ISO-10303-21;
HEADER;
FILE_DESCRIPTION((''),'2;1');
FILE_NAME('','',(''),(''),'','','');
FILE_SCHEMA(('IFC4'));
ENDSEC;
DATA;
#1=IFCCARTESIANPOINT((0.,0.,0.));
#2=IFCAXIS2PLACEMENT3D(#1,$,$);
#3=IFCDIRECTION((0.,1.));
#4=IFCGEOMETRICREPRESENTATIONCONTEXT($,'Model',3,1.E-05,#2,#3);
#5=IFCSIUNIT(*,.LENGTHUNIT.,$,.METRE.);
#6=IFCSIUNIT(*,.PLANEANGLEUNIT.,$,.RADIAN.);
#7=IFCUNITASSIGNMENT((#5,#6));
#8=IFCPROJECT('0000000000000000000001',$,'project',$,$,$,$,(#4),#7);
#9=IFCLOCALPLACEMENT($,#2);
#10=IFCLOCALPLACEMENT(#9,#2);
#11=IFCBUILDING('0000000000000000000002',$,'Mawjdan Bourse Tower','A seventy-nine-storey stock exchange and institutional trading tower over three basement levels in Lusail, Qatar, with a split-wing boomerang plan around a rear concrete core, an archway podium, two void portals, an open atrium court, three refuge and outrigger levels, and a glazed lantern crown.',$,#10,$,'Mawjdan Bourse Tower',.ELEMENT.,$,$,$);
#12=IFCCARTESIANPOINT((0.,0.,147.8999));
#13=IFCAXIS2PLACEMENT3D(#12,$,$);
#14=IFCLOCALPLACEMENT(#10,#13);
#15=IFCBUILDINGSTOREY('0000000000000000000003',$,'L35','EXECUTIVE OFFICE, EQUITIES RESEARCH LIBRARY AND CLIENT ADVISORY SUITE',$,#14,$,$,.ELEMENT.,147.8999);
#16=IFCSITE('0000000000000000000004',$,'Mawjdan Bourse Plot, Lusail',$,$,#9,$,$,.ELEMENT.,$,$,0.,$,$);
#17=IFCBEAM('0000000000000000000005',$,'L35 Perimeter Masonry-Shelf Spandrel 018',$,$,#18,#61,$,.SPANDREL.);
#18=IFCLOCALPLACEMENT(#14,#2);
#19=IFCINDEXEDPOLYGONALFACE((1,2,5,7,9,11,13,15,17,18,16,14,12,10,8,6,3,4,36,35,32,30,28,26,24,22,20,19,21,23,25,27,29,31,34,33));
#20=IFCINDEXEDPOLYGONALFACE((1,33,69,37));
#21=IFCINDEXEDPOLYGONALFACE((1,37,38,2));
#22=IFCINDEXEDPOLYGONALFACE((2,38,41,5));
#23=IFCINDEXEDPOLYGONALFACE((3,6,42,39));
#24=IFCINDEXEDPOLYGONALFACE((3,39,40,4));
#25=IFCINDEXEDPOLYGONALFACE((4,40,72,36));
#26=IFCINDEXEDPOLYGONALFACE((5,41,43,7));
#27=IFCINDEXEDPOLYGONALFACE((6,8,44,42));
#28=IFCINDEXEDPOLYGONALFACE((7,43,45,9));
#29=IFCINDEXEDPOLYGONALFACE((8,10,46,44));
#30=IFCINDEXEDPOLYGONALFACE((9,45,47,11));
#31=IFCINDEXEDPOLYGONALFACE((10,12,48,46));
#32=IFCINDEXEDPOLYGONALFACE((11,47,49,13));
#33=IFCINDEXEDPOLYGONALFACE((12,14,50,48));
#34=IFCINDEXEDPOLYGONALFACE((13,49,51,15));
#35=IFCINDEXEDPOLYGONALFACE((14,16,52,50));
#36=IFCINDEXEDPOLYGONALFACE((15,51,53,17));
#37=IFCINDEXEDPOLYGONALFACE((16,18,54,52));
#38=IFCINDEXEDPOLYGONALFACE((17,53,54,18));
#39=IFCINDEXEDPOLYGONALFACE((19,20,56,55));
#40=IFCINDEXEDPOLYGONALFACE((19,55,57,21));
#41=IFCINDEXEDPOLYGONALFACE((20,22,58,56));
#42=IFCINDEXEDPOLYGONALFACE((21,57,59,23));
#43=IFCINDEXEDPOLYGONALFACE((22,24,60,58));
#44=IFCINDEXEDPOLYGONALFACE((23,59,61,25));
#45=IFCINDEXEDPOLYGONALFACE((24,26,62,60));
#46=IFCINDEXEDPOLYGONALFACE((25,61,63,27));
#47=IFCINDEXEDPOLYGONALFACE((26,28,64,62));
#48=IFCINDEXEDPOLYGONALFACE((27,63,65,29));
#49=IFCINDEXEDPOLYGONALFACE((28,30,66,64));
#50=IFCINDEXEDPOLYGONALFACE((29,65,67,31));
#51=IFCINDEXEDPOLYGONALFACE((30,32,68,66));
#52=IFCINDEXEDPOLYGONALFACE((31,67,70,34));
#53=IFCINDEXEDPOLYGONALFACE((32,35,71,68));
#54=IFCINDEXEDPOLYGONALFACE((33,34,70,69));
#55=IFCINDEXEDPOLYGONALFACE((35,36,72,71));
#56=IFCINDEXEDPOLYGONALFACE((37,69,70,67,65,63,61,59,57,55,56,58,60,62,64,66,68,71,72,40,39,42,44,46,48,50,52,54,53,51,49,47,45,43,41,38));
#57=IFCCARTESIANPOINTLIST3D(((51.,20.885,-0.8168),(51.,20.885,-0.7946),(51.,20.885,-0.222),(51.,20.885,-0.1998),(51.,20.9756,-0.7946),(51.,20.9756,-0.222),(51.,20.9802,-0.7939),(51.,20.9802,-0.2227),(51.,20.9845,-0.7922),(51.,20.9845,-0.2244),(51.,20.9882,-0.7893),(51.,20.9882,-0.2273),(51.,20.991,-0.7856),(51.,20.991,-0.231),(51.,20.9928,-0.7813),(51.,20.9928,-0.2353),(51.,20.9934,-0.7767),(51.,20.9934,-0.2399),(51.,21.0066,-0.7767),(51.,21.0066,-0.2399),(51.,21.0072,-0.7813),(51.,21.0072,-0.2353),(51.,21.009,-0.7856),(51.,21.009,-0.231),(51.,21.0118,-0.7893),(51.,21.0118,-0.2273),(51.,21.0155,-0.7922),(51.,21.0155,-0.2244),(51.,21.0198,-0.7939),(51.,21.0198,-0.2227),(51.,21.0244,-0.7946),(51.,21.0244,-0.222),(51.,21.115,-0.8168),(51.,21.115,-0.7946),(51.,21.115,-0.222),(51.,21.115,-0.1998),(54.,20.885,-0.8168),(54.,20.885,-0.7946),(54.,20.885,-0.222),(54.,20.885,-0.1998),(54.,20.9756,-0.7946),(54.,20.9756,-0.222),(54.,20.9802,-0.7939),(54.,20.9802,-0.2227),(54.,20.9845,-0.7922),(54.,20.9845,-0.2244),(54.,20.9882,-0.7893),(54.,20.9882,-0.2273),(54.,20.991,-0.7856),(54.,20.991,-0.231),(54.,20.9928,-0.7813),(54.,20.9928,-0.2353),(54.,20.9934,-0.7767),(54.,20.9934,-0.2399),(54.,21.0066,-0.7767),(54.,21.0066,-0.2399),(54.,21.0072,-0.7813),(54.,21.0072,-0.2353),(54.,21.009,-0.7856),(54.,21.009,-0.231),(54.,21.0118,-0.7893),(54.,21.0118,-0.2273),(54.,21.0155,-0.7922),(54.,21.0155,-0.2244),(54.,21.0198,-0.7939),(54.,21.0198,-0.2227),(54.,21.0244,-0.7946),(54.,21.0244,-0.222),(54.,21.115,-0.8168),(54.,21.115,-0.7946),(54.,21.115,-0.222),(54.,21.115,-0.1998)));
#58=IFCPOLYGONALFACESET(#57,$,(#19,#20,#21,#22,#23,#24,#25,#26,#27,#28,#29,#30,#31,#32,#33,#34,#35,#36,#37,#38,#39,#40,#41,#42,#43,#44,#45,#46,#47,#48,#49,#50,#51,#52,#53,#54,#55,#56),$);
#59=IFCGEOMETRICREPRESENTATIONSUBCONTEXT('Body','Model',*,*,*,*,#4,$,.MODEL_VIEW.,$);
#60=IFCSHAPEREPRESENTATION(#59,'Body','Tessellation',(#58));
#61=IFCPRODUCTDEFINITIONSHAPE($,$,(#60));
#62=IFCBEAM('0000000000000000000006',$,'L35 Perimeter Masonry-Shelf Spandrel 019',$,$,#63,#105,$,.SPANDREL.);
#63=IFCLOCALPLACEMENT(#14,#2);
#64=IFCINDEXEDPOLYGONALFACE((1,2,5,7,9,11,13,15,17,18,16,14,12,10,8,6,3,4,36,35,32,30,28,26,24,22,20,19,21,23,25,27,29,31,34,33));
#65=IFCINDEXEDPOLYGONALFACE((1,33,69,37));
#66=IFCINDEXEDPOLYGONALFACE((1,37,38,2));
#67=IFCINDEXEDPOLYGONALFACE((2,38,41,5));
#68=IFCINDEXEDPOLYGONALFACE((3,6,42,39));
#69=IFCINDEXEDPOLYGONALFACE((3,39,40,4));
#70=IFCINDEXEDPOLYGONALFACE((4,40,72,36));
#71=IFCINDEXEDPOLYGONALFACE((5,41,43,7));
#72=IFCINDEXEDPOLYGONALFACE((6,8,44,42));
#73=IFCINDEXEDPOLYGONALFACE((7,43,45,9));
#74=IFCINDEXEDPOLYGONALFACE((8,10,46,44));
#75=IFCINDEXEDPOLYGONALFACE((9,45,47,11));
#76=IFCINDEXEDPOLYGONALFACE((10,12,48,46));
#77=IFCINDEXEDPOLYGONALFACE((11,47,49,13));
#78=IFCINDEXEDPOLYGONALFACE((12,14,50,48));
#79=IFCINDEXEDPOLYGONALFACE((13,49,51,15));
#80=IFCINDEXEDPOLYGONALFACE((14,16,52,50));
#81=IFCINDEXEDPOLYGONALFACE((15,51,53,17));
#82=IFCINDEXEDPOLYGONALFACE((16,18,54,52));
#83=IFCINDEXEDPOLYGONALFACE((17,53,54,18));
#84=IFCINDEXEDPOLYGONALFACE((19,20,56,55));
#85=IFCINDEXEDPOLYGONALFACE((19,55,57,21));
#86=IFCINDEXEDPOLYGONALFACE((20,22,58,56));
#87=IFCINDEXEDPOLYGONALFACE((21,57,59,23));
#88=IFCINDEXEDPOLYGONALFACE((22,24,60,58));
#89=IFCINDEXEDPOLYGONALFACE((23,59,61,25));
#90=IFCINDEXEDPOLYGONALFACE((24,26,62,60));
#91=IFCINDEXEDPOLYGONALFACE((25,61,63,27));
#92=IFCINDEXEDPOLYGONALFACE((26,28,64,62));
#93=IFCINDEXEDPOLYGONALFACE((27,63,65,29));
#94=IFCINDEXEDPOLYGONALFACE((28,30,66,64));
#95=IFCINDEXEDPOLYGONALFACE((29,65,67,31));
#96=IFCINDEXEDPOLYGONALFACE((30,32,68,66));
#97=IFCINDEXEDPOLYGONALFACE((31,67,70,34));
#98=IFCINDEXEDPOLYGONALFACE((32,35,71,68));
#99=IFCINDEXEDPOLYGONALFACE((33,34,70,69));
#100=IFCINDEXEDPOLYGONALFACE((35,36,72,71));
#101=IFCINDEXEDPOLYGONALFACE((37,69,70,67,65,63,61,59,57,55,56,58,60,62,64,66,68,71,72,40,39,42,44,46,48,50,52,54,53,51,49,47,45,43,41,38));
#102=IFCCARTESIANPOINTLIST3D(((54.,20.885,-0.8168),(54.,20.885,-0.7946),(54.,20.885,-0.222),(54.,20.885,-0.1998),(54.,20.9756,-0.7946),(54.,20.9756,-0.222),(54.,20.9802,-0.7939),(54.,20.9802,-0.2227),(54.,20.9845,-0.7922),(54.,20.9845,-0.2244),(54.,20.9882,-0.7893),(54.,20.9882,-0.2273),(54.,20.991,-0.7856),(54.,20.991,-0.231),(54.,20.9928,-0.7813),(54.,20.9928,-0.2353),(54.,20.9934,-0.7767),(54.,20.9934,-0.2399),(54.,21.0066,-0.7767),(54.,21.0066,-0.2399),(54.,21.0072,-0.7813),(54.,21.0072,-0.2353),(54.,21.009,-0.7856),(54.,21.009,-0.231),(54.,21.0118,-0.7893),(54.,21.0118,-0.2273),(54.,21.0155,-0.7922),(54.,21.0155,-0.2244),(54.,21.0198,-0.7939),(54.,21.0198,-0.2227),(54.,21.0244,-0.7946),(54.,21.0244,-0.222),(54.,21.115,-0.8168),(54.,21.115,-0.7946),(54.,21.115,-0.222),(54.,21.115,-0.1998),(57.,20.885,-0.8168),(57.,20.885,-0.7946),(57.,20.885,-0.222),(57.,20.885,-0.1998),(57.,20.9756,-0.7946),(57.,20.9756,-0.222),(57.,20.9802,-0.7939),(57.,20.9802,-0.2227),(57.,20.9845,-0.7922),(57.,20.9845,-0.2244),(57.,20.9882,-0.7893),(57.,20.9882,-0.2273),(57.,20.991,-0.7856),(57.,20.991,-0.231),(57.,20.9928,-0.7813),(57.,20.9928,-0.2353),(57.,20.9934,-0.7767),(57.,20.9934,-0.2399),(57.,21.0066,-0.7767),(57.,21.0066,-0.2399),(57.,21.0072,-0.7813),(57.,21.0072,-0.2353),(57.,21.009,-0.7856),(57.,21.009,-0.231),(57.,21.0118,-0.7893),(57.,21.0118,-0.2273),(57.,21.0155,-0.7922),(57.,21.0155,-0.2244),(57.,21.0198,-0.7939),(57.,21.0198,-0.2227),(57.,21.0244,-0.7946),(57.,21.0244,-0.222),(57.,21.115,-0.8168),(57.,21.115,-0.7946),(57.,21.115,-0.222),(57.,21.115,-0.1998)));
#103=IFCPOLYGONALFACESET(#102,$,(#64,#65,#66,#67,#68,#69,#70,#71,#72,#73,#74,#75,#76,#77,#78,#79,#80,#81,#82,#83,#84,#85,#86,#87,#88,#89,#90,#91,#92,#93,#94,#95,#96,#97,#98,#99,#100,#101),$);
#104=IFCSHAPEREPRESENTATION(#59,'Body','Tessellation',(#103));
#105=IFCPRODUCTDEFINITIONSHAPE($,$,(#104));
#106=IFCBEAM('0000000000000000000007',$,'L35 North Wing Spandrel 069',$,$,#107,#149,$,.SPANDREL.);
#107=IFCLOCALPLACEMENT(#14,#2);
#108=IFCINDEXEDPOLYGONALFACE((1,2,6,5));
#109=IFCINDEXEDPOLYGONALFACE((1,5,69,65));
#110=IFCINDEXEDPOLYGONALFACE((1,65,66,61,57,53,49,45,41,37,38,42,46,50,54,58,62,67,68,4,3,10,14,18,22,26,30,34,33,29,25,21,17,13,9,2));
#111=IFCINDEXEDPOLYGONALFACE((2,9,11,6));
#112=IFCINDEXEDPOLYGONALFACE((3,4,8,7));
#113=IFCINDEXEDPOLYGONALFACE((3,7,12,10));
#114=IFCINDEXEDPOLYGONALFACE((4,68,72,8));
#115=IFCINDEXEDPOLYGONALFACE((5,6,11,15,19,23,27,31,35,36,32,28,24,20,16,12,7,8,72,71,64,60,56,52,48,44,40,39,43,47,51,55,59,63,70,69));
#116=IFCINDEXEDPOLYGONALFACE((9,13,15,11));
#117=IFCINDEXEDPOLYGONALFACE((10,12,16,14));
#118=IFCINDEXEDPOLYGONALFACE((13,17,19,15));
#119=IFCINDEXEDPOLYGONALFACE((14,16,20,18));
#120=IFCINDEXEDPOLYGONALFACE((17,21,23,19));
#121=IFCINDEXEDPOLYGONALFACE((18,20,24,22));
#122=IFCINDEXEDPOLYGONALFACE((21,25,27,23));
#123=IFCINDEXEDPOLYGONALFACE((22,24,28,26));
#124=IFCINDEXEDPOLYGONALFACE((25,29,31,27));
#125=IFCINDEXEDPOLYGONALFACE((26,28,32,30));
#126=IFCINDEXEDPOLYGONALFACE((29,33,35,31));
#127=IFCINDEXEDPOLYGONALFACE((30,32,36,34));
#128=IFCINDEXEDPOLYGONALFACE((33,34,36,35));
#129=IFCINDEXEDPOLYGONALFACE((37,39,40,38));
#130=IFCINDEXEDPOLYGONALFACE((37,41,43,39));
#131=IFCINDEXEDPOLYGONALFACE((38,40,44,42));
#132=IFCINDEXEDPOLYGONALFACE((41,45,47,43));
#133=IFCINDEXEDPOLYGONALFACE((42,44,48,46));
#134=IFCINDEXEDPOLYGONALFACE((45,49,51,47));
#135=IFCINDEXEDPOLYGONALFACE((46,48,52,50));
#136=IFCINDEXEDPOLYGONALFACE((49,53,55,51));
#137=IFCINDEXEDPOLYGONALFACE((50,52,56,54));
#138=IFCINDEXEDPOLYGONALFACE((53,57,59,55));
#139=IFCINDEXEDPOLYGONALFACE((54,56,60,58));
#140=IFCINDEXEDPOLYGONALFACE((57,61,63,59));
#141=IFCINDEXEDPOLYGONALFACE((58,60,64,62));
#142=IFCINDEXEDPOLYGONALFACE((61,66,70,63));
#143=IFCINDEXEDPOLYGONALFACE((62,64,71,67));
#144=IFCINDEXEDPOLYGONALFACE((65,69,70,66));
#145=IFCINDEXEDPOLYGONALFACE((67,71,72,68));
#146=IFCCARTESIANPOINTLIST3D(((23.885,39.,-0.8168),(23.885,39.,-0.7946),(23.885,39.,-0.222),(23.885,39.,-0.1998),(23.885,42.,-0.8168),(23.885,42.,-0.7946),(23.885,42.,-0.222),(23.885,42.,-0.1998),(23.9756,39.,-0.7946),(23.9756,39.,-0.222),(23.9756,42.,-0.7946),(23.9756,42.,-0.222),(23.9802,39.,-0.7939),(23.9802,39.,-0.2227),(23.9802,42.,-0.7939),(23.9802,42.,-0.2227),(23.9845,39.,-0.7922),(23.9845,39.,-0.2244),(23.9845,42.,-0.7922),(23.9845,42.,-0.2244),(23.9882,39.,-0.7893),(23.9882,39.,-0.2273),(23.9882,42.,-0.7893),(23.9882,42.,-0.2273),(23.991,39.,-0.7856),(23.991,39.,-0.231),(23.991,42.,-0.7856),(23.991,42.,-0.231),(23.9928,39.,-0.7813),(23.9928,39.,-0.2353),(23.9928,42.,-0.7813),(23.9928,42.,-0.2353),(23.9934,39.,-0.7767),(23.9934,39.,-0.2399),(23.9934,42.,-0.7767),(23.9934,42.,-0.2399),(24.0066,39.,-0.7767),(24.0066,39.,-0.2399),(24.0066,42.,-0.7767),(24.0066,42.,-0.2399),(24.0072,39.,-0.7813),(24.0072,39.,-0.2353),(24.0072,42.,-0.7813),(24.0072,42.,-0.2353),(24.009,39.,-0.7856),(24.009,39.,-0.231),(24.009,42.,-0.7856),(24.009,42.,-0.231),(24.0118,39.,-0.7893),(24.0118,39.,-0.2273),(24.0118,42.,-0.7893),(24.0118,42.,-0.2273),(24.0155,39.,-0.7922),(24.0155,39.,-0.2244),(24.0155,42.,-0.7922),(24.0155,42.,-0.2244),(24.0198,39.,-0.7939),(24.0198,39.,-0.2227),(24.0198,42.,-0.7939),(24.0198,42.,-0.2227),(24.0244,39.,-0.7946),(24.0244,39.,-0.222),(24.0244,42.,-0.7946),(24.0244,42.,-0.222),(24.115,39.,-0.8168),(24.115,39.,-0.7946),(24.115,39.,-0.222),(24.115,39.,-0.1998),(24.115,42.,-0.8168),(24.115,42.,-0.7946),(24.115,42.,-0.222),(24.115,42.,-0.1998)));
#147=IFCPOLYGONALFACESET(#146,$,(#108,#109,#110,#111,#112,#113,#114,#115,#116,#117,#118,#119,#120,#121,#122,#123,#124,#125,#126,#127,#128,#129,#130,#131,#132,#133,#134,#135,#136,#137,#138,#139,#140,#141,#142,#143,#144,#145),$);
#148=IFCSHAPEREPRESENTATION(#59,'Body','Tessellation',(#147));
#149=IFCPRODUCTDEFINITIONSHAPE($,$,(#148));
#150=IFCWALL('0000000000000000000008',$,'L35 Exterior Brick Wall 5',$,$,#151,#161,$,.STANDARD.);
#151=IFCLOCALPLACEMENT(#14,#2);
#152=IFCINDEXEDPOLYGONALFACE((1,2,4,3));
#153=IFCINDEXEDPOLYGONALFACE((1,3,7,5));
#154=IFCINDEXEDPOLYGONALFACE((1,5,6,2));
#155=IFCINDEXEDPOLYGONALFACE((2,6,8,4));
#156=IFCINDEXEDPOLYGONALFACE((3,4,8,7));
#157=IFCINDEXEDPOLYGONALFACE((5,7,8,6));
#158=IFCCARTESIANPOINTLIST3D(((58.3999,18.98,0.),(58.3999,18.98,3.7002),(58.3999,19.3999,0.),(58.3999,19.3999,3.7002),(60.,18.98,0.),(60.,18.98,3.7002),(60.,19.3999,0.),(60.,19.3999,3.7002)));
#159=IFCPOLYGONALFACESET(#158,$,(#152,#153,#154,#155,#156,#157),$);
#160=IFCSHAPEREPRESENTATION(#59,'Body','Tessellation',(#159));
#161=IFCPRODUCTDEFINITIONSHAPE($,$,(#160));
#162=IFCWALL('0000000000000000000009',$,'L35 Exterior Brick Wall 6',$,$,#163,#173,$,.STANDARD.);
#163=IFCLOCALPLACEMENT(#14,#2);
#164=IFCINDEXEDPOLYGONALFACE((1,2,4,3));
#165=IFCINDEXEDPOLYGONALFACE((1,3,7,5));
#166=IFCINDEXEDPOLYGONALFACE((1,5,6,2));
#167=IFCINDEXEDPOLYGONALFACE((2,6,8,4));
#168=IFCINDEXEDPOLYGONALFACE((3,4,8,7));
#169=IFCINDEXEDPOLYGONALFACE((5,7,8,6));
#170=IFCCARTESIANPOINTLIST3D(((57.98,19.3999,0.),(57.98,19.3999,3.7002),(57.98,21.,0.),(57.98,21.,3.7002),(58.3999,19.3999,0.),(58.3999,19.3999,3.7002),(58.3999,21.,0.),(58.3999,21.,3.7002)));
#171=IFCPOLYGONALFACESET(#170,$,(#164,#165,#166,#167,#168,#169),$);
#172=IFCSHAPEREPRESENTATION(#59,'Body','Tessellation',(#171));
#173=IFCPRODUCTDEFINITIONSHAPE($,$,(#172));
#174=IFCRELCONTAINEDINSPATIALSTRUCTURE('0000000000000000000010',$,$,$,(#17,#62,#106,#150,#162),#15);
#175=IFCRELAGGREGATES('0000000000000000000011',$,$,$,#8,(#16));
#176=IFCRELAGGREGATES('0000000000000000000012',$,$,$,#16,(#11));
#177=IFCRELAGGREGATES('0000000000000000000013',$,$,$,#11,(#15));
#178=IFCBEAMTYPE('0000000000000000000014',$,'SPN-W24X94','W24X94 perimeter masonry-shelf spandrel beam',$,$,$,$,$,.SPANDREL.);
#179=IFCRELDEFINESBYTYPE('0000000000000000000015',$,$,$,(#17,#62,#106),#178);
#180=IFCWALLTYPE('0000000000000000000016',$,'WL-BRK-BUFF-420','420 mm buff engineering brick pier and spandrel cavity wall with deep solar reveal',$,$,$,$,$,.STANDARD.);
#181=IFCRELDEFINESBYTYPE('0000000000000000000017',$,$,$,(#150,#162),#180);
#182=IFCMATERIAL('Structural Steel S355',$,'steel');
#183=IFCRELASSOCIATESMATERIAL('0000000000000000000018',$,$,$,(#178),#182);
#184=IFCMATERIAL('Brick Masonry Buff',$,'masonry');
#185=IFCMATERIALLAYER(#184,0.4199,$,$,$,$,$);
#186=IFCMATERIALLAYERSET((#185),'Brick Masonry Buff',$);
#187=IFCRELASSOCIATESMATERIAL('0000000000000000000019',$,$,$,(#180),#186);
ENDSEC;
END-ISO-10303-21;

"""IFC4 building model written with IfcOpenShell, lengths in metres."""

from ifc_helpers import new_model, si_unit, direction, frame, frame_2d, origin, origin_2d, place, context, subcontext, project, spatial, rectangle, i_section, extrude, material, layer, layer_set, material_profile, profile_set, type_object, element, save


model = new_model("IFC4")

# Units and contexts
model_context = context("Model", 3, precision=1e-05, world=origin(), true_north=direction((0.0, 1.0)))
body_context = subcontext(model_context, "Body", "Model", "MODEL_VIEW")
ifc_project = project(units=[si_unit("LENGTHUNIT", "METRE"), si_unit("PLANEANGLEUNIT", "RADIAN")], contexts=[model_context])

# Site, building, storey
site_placement = place(None, origin())
site = spatial("IfcSite", under=ifc_project, at=site_placement, Name="Mawjdan Bourse Plot, Lusail", CompositionType="ELEMENT", RefElevation=0.0)
building_placement = place(site_placement, origin())
building = spatial("IfcBuilding", under=site, at=building_placement, Name="Mawjdan Bourse Tower", Description="A seventy-nine-storey stock exchange and institutional trading tower over three basement levels in Lusail, Qatar, with a split-wing boomerang plan around a rear concrete core, an archway podium, two void portals, an open atrium court, three refuge and outrigger levels, and a glazed lantern crown.", LongName="Mawjdan Bourse Tower", CompositionType="ELEMENT")
storey_placement = place(building_placement, frame((0.0, 0.0, 147.8999)))
storey = spatial("IfcBuildingStorey", under=building, at=storey_placement, Name="L35", Description="EXECUTIVE OFFICE, EQUITIES RESEARCH LIBRARY AND CLIENT ADVISORY SUITE", CompositionType="ELEMENT", Elevation=147.8999)

# Beams
ifc_material_1 = material(Name="Structural Steel S355", Category="steel")
ifc_material_profile_1 = material_profile(ifc_material_1, i_section(OverallWidth=0.23, OverallDepth=0.6169, WebThickness=0.0132, FlangeThickness=0.0222, FilletRadius=0.0178, at=origin_2d()), Name="W24X94")
ifc_profile_set_1 = profile_set([ifc_material_profile_1], Name="Structural Steel S355")
beam_type_1 = type_object("IfcBeamType", Name="SPN-W24X94", Description="W24X94 perimeter masonry-shelf spandrel beam", PredefinedType="SPANDREL", material=ifc_profile_set_1)
for number, where, z_axis, x_axis, name in (
    (1, (51.0, 21.0, -0.5083), (1.0, 0.0, 0.0), (0.0, 1.0, 0.0), "L35 Perimeter Masonry-Shelf Spandrel 018"),
    (2, (54.0, 21.0, -0.5083), (1.0, 0.0, 0.0), (0.0, 1.0, 0.0), "L35 Perimeter Masonry-Shelf Spandrel 019"),
    (3, (24.0, 39.0, -0.5083), (0.0, 1.0, 0.0), (-1.0, 0.0, 0.0), "L35 North Wing Spandrel 069"),
):
    element("IfcBeam", number, at=place(storey_placement, frame(where, z_axis=z_axis, x_axis=x_axis)), inside=storey, type_object=beam_type_1, Name=name, PredefinedType="SPANDREL", context=body_context, shape_type="SweptSolid", body=[
        extrude(i_section(OverallWidth=0.23, OverallDepth=0.6169, WebThickness=0.0132, FlangeThickness=0.0222, FilletRadius=0.0178, at=origin_2d()), origin(), (0.0, 0.0, 1.0), 3.0),
    ])

# Walls
ifc_material_2 = material(Name="Brick Masonry Buff", Category="masonry")
ifc_layer = layer(ifc_material_2, 0.4199)
ifc_layer_set = layer_set([ifc_layer], Name="Brick Masonry Buff")
wall_type = type_object("IfcWallType", Name="WL-BRK-BUFF-420", Description="420 mm buff engineering brick pier and spandrel cavity wall with deep solar reveal", PredefinedType="STANDARD", material=ifc_layer_set)
for number, where, z_axis, x_axis, name in (
    (4, (60.0, 19.1899, 0.0), (0.0, 0.0, 1.0), (-1.0, 0.0, 0.0), "L35 Exterior Brick Wall 5"),
    (5, (58.1899, 19.3999, 0.0), (0.0, 0.0, 1.0), (0.0, 1.0, 0.0), "L35 Exterior Brick Wall 6"),
):
    element("IfcWall", number, at=place(storey_placement, frame(where, z_axis=z_axis, x_axis=x_axis)), inside=storey, type_object=wall_type, Name=name, PredefinedType="STANDARD", context=body_context, shape_type="SweptSolid", body=[
        extrude(rectangle(XDim=1.6001, YDim=0.4199, at=frame_2d((0.8, 0.0))), origin(), (0.0, 0.0, 1.0), 3.7002),
    ])

save(model, "model.ifc")
